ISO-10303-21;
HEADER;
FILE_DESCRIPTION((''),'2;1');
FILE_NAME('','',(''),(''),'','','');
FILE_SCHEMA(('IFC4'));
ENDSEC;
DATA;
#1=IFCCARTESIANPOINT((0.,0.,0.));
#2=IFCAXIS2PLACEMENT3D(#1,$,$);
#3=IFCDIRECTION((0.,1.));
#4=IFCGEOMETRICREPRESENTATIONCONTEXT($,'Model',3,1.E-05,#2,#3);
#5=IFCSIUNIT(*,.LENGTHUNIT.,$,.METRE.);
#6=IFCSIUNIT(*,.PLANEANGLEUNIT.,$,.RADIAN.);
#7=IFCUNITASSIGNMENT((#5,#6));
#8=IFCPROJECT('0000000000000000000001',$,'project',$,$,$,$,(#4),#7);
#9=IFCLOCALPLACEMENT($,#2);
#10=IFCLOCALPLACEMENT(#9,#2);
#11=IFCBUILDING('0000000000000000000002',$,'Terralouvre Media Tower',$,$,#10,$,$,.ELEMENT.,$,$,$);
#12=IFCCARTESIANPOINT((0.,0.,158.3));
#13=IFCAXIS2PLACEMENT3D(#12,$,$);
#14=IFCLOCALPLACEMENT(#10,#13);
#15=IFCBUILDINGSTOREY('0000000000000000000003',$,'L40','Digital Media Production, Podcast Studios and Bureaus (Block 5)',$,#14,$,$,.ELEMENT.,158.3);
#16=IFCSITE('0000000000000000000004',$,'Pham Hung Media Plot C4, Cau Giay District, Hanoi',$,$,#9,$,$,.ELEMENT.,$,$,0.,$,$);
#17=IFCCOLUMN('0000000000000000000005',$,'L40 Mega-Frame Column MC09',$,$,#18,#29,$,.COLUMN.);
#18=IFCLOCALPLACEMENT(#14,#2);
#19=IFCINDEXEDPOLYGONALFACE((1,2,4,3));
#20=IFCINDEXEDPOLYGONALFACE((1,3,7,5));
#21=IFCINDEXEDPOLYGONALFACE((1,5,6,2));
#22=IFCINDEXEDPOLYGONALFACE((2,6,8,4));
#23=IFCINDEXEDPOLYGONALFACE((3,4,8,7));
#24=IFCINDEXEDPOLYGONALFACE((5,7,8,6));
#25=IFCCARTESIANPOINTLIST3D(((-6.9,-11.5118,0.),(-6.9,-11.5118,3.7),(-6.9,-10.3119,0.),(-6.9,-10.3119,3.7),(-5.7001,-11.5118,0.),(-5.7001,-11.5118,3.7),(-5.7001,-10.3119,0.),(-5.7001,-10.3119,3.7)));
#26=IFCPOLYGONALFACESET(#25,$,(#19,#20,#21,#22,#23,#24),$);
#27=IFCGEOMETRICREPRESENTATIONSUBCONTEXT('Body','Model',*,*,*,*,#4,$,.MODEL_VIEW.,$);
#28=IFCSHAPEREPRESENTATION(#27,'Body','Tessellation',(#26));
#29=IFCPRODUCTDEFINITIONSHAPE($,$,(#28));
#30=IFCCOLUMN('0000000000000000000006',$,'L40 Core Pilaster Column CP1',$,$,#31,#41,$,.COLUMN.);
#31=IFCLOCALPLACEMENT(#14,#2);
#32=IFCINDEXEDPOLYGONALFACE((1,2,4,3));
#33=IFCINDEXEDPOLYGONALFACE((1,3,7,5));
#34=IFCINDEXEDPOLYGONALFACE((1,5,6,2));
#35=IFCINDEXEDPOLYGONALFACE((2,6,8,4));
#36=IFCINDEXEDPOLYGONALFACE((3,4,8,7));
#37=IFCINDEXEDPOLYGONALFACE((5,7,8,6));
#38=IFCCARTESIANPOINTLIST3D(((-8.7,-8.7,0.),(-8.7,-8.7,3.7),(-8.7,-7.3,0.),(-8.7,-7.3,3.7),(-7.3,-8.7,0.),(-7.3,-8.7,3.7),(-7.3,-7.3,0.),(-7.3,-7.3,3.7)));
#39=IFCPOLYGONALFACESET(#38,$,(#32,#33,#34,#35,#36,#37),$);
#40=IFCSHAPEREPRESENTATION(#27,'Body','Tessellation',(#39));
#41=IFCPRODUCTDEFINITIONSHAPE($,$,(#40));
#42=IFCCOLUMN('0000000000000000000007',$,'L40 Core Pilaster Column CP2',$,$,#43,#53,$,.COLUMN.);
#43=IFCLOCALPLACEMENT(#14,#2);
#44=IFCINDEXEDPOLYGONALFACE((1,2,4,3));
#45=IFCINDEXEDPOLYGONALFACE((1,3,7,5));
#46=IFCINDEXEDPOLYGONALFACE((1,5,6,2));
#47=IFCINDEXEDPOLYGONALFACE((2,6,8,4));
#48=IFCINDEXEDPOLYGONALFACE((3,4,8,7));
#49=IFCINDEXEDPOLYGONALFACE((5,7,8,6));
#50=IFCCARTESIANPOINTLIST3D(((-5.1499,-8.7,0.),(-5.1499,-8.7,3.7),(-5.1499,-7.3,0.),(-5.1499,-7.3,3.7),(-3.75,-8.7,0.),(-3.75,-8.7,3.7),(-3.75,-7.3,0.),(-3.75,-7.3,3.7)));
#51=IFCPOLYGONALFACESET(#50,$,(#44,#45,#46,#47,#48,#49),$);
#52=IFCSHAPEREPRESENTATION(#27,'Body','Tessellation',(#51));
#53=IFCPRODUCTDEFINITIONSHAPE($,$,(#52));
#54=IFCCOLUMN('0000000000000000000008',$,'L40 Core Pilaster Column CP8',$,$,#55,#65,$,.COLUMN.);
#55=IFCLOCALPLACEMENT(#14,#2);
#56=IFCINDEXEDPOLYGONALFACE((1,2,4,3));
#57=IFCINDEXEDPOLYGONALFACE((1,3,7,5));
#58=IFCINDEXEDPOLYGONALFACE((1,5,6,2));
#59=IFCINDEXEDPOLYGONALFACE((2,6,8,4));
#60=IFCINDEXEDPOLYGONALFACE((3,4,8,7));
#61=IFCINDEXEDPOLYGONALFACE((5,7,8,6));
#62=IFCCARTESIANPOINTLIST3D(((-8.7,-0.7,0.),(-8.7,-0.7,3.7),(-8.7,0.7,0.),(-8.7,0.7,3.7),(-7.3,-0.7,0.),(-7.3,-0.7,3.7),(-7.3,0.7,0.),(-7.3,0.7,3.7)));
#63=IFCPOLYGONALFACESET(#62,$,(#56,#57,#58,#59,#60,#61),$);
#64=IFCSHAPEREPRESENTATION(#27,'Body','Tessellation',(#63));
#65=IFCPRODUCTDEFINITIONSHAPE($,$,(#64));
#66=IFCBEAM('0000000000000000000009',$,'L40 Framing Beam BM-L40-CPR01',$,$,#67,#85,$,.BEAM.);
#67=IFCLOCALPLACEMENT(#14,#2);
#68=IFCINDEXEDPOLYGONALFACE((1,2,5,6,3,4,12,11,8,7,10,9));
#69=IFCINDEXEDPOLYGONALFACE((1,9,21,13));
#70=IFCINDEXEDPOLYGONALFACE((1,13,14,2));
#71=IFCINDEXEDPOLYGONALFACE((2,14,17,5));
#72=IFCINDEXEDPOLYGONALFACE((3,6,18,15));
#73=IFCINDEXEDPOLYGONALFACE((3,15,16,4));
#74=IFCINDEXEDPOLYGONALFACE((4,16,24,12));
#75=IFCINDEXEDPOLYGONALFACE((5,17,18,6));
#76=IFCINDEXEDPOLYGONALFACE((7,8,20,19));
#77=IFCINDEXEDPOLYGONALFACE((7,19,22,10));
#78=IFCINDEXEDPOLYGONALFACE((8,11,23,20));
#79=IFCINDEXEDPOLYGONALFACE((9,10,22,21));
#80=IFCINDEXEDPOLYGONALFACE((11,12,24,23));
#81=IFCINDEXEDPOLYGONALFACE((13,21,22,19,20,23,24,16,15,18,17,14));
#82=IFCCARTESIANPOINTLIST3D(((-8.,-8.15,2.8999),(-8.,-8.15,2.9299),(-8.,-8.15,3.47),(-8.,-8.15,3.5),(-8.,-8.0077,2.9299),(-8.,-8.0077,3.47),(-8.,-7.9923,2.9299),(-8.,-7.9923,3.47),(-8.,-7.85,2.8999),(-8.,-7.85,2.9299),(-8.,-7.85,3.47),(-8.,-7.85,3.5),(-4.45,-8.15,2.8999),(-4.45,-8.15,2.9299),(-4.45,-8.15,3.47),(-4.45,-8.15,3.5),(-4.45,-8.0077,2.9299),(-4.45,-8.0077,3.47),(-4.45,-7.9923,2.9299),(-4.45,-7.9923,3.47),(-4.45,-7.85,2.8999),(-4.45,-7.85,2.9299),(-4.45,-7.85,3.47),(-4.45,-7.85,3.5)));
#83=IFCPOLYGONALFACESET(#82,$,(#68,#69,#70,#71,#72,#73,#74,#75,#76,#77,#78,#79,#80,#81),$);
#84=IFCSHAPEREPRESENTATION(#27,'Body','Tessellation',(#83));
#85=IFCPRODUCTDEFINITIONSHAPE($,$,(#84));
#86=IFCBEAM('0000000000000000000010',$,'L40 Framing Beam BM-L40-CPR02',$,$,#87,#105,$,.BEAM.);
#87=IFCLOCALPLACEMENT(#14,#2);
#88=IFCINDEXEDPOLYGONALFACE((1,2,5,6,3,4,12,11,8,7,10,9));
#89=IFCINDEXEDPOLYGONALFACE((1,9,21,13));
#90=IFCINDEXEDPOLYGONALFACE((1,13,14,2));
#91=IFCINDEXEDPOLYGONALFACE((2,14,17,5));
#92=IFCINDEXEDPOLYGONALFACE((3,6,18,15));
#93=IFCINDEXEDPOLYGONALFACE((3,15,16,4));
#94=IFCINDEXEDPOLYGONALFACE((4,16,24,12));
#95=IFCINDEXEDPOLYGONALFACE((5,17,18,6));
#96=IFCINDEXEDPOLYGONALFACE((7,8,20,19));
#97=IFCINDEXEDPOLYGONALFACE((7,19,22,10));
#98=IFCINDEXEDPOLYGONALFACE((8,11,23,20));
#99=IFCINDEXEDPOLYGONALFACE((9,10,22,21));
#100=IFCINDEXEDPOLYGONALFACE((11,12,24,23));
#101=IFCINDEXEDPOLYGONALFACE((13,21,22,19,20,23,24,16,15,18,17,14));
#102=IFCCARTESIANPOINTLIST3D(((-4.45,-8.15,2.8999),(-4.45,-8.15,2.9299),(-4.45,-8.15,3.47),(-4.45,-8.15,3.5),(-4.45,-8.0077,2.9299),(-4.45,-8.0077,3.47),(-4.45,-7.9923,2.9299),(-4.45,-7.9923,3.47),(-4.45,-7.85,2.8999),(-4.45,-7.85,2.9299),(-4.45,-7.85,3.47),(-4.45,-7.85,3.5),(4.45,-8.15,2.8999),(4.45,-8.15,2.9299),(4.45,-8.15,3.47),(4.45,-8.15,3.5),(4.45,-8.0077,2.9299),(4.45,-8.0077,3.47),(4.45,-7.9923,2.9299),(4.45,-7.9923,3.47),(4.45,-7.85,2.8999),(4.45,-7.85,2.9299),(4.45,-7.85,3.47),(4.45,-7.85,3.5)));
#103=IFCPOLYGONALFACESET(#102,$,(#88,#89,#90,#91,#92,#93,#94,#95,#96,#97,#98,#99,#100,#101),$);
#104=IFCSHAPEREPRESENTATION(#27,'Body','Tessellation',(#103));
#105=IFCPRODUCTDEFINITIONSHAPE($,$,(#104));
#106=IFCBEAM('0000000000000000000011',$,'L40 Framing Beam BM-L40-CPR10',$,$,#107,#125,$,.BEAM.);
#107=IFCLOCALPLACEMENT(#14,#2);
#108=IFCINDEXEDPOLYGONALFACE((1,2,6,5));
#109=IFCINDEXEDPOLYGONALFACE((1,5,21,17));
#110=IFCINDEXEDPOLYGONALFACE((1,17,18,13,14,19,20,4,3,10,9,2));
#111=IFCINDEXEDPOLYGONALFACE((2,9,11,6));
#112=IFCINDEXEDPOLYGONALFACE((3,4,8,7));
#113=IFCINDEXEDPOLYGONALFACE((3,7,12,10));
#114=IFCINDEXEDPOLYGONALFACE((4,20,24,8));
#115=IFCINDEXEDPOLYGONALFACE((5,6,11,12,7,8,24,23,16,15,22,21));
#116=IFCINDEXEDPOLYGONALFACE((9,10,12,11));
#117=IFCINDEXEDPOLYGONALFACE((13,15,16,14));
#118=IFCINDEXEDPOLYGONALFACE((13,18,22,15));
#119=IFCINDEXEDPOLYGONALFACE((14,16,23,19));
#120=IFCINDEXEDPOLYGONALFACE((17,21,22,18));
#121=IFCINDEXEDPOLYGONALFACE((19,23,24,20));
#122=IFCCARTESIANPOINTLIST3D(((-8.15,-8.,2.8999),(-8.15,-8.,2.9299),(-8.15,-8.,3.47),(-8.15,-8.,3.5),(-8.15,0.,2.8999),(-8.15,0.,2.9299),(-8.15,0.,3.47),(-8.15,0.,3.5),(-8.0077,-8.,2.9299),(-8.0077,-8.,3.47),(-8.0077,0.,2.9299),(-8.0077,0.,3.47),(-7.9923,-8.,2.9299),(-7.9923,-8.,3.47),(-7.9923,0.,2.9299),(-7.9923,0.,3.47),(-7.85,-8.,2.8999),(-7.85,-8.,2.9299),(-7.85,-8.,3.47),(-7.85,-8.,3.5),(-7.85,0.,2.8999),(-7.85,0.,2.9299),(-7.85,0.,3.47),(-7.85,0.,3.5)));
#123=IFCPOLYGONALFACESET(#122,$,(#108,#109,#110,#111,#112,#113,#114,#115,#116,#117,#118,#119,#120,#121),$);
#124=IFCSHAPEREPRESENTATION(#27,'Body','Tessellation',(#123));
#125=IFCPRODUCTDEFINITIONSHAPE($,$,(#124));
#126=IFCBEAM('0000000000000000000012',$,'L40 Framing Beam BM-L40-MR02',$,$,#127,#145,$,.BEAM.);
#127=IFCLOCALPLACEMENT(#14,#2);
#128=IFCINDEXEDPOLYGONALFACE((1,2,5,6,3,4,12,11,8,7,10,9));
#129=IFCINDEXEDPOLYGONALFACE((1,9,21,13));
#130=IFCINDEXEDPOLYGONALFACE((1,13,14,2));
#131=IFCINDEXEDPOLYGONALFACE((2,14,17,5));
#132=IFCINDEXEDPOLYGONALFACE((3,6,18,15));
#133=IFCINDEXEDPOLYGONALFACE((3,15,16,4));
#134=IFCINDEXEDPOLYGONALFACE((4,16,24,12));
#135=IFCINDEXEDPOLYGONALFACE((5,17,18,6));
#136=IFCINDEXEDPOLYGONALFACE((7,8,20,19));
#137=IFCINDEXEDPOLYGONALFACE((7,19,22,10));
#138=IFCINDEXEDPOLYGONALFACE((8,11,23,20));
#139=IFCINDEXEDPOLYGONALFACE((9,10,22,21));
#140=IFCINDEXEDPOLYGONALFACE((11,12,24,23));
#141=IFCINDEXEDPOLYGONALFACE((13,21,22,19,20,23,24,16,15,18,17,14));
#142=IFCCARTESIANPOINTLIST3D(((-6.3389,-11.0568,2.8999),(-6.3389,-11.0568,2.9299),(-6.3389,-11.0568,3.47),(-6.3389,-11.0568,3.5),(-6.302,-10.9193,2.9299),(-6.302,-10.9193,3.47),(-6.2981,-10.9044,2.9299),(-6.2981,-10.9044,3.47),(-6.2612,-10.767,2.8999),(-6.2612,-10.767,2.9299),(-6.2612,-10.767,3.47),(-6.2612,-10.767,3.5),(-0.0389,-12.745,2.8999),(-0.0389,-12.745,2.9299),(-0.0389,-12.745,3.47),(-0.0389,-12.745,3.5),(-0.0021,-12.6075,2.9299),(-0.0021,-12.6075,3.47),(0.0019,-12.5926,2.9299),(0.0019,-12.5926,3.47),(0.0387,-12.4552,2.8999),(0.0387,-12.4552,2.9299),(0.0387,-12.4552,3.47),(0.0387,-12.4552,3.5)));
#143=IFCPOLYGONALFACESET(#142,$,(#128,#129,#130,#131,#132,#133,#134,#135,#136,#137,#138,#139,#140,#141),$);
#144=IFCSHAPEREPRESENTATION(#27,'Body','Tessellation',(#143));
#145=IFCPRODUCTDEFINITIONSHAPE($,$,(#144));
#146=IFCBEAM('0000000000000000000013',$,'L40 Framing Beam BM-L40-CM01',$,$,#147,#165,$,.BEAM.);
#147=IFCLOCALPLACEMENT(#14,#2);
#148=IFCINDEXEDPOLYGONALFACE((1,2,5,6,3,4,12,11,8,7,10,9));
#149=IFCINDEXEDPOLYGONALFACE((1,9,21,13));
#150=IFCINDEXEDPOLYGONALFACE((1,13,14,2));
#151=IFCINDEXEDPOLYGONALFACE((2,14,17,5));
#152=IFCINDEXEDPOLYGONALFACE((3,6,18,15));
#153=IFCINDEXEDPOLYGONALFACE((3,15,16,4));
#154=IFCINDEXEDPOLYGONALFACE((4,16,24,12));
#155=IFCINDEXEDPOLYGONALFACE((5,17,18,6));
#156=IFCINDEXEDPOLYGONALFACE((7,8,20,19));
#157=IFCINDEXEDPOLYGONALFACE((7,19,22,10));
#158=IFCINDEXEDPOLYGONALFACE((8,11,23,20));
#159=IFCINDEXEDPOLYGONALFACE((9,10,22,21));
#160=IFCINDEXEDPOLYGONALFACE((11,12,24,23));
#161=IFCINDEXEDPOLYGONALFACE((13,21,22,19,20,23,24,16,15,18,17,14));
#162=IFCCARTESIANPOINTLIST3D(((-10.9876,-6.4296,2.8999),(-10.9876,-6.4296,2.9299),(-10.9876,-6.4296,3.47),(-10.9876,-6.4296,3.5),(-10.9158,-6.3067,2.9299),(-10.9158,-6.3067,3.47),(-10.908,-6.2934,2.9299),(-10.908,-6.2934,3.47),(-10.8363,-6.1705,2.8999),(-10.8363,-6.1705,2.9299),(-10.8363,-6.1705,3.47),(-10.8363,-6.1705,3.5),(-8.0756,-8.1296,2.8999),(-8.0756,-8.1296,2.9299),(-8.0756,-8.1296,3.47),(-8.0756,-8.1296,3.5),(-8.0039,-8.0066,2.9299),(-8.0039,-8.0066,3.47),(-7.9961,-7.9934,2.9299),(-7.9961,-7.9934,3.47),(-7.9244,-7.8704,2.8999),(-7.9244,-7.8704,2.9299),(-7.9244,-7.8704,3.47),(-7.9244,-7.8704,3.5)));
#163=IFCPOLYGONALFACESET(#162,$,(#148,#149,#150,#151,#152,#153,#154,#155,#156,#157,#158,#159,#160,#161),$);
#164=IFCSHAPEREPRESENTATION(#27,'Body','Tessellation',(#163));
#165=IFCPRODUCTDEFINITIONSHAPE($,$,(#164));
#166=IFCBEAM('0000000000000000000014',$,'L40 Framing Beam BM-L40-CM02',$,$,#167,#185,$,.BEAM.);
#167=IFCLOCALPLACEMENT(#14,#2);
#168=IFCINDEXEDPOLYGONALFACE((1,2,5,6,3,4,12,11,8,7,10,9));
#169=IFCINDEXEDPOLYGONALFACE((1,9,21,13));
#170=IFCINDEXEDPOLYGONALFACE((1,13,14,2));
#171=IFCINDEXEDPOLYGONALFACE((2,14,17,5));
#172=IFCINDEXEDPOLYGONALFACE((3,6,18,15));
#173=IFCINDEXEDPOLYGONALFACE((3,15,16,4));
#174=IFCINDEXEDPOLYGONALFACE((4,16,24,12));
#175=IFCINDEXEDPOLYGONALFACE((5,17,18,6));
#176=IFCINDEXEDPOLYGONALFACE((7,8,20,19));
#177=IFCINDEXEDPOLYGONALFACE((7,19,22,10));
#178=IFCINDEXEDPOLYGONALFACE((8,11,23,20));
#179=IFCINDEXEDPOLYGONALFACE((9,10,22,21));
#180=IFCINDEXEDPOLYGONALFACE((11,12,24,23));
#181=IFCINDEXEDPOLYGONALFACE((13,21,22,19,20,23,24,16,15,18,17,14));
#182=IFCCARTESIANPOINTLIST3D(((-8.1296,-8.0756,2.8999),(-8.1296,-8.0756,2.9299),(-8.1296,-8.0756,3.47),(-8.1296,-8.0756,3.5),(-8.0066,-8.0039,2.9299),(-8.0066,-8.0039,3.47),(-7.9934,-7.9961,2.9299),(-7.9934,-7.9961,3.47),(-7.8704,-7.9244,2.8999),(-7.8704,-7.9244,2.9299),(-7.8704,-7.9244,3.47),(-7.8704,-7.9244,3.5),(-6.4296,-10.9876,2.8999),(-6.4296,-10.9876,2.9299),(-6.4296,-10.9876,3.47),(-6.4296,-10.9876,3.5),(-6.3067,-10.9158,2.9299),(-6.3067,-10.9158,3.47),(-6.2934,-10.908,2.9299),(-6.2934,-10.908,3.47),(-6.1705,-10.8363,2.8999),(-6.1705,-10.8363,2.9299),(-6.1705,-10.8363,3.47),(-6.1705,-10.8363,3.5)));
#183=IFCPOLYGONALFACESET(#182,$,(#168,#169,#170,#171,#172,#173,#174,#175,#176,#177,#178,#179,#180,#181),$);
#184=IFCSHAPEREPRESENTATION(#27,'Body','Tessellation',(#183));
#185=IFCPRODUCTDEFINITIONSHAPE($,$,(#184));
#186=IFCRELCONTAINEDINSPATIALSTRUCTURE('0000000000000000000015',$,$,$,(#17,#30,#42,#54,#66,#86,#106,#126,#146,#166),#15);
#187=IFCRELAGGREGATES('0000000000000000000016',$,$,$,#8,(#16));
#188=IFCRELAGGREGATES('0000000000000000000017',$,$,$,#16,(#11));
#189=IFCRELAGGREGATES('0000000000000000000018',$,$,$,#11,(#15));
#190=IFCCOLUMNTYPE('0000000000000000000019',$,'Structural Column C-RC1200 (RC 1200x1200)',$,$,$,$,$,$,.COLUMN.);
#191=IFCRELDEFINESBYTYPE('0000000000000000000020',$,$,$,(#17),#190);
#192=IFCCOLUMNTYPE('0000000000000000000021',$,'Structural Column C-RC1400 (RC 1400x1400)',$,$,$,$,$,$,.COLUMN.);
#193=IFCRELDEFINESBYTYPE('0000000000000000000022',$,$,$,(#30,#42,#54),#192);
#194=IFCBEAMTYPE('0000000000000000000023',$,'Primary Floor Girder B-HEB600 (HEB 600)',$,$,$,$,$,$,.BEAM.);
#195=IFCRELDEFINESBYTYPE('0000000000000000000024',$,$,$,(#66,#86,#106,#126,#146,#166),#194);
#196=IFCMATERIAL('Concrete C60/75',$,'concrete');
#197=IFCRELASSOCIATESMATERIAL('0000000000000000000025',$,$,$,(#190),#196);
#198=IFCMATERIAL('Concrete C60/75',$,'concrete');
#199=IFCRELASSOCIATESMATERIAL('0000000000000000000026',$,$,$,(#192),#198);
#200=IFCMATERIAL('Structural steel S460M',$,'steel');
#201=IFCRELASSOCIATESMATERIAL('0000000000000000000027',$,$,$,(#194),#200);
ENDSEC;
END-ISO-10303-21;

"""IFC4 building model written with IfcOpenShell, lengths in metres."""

from ifc_helpers import new_model, si_unit, direction, frame, origin, origin_2d, place, context, subcontext, project, spatial, rectangle, i_section, extrude, material, material_profile, profile_set, type_object, element, save


model = new_model("IFC4")

# Units and contexts
model_context = context("Model", 3, precision=1e-05, world=origin(), true_north=direction((0.0, 1.0)))
body_context = subcontext(model_context, "Body", "Model", "MODEL_VIEW")
ifc_project = project(units=[si_unit("LENGTHUNIT", "METRE"), si_unit("PLANEANGLEUNIT", "RADIAN")], contexts=[model_context])

# Site, building, storey
site_placement = place(None, origin())
site = spatial("IfcSite", under=ifc_project, at=site_placement, Name="Pham Hung Media Plot C4, Cau Giay District, Hanoi", CompositionType="ELEMENT", RefElevation=0.0)
building_placement = place(site_placement, origin())
building = spatial("IfcBuilding", under=site, at=building_placement, Name="Terralouvre Media Tower", CompositionType="ELEMENT")
storey_placement = place(building_placement, frame((0.0, 0.0, 158.3)))
storey = spatial("IfcBuildingStorey", under=building, at=storey_placement, Name="L40", Description="Digital Media Production, Podcast Studios and Bureaus (Block 5)", CompositionType="ELEMENT", Elevation=158.3)

# Columns
ifc_material_1 = material(Name="Concrete C60/75", Category="concrete")
ifc_material_profile_1 = material_profile(ifc_material_1, rectangle(XDim=1.2, YDim=1.2, at=origin_2d()), Name="RC 1200x1200")
ifc_profile_set_1 = profile_set([ifc_material_profile_1], Name="Concrete C60/75")
column_type_1 = type_object("IfcColumnType", Name="Structural Column C-RC1200 (RC 1200x1200)", PredefinedType="COLUMN", material=ifc_profile_set_1)
column_placement = place(storey_placement, frame((-6.3, -10.9119, 0.0), z_axis=(0.0, 0.0, 1.0), x_axis=(1.0, 0.0, 0.0)))
element("IfcColumn", 1, at=column_placement, inside=storey, type_object=column_type_1, Name="L40 Mega-Frame Column MC09", PredefinedType="COLUMN", context=body_context, shape_type="SweptSolid", body=[
    extrude(rectangle(XDim=1.2, YDim=1.2, at=origin_2d()), origin(), (0.0, 0.0, 1.0), 3.7),
])
ifc_material_2 = material(Name="Concrete C60/75", Category="concrete")
ifc_material_profile_2 = material_profile(ifc_material_2, rectangle(XDim=1.3999, YDim=1.3999, at=origin_2d()), Name="RC 1400x1400")
ifc_profile_set_2 = profile_set([ifc_material_profile_2], Name="Concrete C60/75")
column_type_2 = type_object("IfcColumnType", Name="Structural Column C-RC1400 (RC 1400x1400)", PredefinedType="COLUMN", material=ifc_profile_set_2)
for number, where, z_axis, x_axis, name in (
    (2, (-8.0, -8.0, 0.0), (0.0, 0.0, 1.0), (1.0, 0.0, 0.0), "L40 Core Pilaster Column CP1"),
    (3, (-4.45, -8.0, 0.0), (0.0, 0.0, 1.0), (1.0, 0.0, 0.0), "L40 Core Pilaster Column CP2"),
    (4, (-8.0, 0.0, 0.0), (0.0, 0.0, 1.0), (1.0, 0.0, 0.0), "L40 Core Pilaster Column CP8"),
):
    element("IfcColumn", number, at=place(storey_placement, frame(where, z_axis=z_axis, x_axis=x_axis)), inside=storey, type_object=column_type_2, Name=name, PredefinedType="COLUMN", context=body_context, shape_type="SweptSolid", body=[
        extrude(rectangle(XDim=1.3999, YDim=1.3999, at=origin_2d()), origin(), (0.0, 0.0, 1.0), 3.7),
    ])

# Beams
ifc_material_3 = material(Name="Structural steel S460M", Category="steel")
ifc_material_profile_3 = material_profile(ifc_material_3, i_section(OverallWidth=0.3, OverallDepth=0.6001, WebThickness=0.0154, FlangeThickness=0.03, at=origin_2d()), Name="HEB 600")
ifc_profile_set_3 = profile_set([ifc_material_profile_3], Name="Structural steel S460M")
beam_type = type_object("IfcBeamType", Name="Primary Floor Girder B-HEB600 (HEB 600)", PredefinedType="BEAM", material=ifc_profile_set_3)
beam_1_placement = place(storey_placement, frame((-8.0, -8.0, 3.2), z_axis=(1.0, 0.0, 0.0), x_axis=(0.0, 1.0, 0.0)))
element("IfcBeam", 5, at=beam_1_placement, inside=storey, type_object=beam_type, Name="L40 Framing Beam BM-L40-CPR01", PredefinedType="BEAM", context=body_context, shape_type="SweptSolid", body=[
    extrude(i_section(OverallWidth=0.3, OverallDepth=0.6001, WebThickness=0.0154, FlangeThickness=0.03, at=origin_2d()), origin(), (0.0, 0.0, 1.0), 3.55),
])
beam_2_placement = place(storey_placement, frame((-4.45, -8.0, 3.2), z_axis=(1.0, 0.0, 0.0), x_axis=(0.0, 1.0, 0.0)))
element("IfcBeam", 6, at=beam_2_placement, inside=storey, type_object=beam_type, Name="L40 Framing Beam BM-L40-CPR02", PredefinedType="BEAM", context=body_context, shape_type="SweptSolid", body=[
    extrude(i_section(OverallWidth=0.3, OverallDepth=0.6001, WebThickness=0.0154, FlangeThickness=0.03, at=origin_2d()), origin(), (0.0, 0.0, 1.0), 8.8999),
])
beam_3_placement = place(storey_placement, frame((-8.0, 0.0, 3.2), z_axis=(0.0, -1.0, 0.0), x_axis=(1.0, 0.0, 0.0)))
element("IfcBeam", 7, at=beam_3_placement, inside=storey, type_object=beam_type, Name="L40 Framing Beam BM-L40-CPR10", PredefinedType="BEAM", context=body_context, shape_type="SweptSolid", body=[
    extrude(i_section(OverallWidth=0.3, OverallDepth=0.6001, WebThickness=0.0154, FlangeThickness=0.03, at=origin_2d()), origin(), (0.0, 0.0, 1.0), 8.0),
])
beam_4_placement = place(storey_placement, frame((-6.3, -10.9119, 3.2), z_axis=(0.96592, -0.258839, 0.0), x_axis=(0.258839, 0.96592, 0.0)))
element("IfcBeam", 8, at=beam_4_placement, inside=storey, type_object=beam_type, Name="L40 Framing Beam BM-L40-MR02", PredefinedType="BEAM", context=body_context, shape_type="SweptSolid", body=[
    extrude(i_section(OverallWidth=0.3, OverallDepth=0.6001, WebThickness=0.0154, FlangeThickness=0.03, at=origin_2d()), origin(), (0.0, 0.0, 1.0), 6.5222),
])
for number, where, z_axis, x_axis, name in (
    (9, (-8.0, -8.0, 3.2), (-0.863603, 0.504173, 0.0), (-0.504173, -0.863603, 0.0), "L40 Framing Beam BM-L40-CM01"),
    (10, (-8.0, -8.0, 3.2), (0.504173, -0.863603, 0.0), (0.863603, 0.504173, 0.0), "L40 Framing Beam BM-L40-CM02"),
):
    element("IfcBeam", number, at=place(storey_placement, frame(where, z_axis=z_axis, x_axis=x_axis)), inside=storey, type_object=beam_type, Name=name, PredefinedType="BEAM", context=body_context, shape_type="SweptSolid", body=[
        extrude(i_section(OverallWidth=0.3, OverallDepth=0.6001, WebThickness=0.0154, FlangeThickness=0.03, at=origin_2d()), origin(), (0.0, 0.0, 1.0), 3.3718),
    ])

save(model, "model.ifc")
